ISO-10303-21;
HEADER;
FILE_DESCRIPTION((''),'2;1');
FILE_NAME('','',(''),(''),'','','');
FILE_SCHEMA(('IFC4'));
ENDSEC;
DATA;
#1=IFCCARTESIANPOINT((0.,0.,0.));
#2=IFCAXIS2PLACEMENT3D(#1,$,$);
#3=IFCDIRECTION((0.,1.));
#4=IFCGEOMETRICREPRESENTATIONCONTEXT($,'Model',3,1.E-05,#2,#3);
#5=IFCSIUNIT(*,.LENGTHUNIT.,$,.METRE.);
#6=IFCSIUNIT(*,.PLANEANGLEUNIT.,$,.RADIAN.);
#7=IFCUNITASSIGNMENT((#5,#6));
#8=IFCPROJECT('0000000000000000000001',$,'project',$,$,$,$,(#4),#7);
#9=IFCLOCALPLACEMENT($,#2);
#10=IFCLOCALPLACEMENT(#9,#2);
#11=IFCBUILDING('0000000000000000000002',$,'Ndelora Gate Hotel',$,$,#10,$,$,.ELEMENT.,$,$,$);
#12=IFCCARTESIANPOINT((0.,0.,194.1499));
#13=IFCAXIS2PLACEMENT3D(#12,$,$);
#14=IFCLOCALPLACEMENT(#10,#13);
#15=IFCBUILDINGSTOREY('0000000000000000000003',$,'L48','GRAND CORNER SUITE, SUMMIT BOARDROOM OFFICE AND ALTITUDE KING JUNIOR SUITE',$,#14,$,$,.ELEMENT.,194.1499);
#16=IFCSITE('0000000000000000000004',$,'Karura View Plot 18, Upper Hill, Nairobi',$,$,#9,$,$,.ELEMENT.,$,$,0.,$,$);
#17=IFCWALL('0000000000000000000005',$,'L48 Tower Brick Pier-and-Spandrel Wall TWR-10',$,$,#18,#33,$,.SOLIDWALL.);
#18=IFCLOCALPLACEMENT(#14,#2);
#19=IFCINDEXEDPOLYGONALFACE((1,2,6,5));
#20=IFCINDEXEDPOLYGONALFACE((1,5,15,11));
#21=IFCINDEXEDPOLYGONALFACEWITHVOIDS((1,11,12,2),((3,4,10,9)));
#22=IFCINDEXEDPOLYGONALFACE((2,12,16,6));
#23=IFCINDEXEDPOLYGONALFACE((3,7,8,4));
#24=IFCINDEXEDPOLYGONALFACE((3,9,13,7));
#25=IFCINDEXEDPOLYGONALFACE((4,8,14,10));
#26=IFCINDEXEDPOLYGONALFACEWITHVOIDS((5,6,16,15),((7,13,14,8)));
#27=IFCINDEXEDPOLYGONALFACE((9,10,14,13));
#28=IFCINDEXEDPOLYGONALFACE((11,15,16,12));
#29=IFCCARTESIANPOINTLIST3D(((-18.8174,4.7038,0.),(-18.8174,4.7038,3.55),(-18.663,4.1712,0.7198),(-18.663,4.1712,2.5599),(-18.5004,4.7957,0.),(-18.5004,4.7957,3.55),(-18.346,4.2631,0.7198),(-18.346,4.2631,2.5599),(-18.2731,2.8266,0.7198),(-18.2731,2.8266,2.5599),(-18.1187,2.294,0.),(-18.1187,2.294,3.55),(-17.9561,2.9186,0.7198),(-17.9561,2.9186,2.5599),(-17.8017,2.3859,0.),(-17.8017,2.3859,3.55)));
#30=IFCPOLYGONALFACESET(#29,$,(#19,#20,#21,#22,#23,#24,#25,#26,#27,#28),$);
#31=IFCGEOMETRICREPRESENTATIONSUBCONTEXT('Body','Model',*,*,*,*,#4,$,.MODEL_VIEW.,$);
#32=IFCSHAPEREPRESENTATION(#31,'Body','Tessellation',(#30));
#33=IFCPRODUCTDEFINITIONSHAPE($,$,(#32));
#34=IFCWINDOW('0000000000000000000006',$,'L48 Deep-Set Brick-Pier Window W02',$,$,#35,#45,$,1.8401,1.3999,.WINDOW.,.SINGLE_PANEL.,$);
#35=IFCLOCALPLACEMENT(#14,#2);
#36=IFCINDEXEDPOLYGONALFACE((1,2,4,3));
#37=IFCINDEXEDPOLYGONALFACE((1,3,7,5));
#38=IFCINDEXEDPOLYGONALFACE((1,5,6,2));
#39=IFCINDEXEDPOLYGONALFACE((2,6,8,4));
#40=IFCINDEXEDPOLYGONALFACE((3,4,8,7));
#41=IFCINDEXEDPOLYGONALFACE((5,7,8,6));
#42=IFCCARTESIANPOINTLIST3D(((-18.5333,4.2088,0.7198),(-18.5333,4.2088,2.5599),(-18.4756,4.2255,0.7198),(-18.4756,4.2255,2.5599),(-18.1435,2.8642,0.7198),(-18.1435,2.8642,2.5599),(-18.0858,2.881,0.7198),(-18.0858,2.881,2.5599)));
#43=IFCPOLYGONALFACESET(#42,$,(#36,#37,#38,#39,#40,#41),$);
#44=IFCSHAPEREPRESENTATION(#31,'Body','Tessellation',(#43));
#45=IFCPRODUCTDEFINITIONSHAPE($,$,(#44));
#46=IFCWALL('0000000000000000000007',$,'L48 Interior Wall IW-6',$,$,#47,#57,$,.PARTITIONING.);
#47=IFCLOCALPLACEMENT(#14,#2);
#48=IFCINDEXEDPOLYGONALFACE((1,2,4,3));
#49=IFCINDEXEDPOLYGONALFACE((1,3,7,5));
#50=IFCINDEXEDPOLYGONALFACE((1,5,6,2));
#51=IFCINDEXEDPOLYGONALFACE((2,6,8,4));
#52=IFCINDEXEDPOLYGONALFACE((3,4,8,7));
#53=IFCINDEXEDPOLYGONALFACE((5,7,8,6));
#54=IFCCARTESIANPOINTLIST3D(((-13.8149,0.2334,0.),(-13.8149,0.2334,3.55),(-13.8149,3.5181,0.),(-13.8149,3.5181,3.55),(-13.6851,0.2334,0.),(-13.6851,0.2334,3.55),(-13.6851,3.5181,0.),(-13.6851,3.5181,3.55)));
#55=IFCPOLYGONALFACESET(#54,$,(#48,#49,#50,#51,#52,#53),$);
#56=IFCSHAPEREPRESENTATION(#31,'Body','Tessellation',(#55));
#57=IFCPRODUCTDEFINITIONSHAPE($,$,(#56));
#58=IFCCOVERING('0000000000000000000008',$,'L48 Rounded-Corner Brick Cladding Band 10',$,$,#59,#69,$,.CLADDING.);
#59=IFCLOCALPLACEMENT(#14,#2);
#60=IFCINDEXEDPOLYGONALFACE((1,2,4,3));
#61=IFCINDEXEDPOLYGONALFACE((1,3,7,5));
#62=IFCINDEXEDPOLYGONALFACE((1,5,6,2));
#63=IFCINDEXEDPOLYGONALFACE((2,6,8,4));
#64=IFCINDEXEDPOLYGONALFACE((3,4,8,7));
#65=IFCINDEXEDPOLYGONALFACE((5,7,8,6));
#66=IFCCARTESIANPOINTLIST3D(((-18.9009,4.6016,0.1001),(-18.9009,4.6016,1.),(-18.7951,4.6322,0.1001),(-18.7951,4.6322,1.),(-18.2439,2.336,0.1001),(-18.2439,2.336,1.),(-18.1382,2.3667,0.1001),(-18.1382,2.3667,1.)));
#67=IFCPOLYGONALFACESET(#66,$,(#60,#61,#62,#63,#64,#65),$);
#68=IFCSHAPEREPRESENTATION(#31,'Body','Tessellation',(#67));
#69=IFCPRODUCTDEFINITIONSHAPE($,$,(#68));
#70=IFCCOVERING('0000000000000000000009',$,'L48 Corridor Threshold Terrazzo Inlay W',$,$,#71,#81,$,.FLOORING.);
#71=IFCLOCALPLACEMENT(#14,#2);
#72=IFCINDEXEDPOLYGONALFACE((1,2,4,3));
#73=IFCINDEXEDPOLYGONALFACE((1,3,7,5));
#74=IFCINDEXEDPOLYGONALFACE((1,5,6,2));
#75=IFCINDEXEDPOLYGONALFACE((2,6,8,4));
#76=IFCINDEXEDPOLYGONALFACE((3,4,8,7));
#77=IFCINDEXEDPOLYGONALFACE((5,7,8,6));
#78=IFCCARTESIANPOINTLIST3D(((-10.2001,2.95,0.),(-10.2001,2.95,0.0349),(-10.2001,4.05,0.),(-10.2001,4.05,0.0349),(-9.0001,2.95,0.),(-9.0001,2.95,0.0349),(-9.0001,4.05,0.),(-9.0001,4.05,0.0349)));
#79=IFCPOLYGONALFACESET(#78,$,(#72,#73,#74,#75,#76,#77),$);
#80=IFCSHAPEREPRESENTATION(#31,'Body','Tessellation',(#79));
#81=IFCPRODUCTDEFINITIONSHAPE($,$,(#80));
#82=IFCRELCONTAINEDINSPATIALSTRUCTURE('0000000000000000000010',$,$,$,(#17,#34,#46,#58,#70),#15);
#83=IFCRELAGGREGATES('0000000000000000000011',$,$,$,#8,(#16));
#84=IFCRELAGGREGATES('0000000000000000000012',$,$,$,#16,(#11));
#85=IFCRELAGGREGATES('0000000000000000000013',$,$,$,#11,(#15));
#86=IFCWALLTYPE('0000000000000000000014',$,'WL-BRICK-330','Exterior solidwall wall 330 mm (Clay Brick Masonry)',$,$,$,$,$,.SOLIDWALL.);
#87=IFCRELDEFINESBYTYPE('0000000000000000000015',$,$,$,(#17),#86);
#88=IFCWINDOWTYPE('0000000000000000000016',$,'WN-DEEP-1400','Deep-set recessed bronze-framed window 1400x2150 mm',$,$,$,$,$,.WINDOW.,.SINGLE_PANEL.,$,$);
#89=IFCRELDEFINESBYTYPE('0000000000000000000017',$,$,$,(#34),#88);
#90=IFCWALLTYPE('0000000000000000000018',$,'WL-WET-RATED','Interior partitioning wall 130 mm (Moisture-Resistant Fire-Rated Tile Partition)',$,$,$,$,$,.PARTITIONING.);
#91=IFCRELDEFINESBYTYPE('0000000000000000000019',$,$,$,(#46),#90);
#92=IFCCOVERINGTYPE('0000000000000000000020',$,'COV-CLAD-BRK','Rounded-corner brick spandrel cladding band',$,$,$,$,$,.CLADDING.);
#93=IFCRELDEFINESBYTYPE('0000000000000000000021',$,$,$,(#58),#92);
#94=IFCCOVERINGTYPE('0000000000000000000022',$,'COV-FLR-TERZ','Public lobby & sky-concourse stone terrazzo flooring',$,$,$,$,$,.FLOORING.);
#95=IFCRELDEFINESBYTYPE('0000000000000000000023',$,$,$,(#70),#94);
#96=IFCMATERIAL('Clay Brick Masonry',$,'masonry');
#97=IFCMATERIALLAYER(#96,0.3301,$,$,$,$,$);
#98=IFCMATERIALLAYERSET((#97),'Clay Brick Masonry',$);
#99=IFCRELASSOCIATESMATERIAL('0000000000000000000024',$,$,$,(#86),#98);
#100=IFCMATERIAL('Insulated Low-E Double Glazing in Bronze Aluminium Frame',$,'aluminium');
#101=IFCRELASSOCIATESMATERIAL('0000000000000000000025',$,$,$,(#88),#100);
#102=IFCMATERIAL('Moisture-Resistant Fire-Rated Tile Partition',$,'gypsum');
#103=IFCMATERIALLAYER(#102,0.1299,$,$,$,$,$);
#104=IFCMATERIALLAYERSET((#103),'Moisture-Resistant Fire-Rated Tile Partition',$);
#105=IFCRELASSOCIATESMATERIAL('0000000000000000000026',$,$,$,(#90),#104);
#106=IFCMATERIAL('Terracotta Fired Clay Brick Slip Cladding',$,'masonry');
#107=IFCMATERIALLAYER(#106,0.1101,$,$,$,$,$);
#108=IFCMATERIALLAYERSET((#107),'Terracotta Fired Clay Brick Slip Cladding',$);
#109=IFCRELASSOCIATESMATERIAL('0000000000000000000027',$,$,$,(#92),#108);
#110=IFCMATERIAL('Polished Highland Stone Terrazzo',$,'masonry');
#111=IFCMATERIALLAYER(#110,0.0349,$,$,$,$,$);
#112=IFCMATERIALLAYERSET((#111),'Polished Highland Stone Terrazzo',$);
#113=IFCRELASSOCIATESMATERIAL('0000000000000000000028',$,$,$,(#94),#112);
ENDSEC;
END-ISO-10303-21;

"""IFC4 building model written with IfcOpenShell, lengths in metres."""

from ifc_helpers import new_model, si_unit, direction, frame, frame_2d, origin, origin_2d, place, context, subcontext, project, spatial, rectangle, extrude, material, layer, layer_set, type_object, element, fill, save


model = new_model("IFC4")

# Units and contexts
model_context = context("Model", 3, precision=1e-05, world=origin(), true_north=direction((0.0, 1.0)))
body_context = subcontext(model_context, "Body", "Model", "MODEL_VIEW")
ifc_project = project(units=[si_unit("LENGTHUNIT", "METRE"), si_unit("PLANEANGLEUNIT", "RADIAN")], contexts=[model_context])

# Site, building, storey
site_placement = place(None, origin())
site = spatial("IfcSite", under=ifc_project, at=site_placement, Name="Karura View Plot 18, Upper Hill, Nairobi", CompositionType="ELEMENT", RefElevation=0.0)
building_placement = place(site_placement, origin())
building = spatial("IfcBuilding", under=site, at=building_placement, Name="Ndelora Gate Hotel", CompositionType="ELEMENT")
storey_placement = place(building_placement, frame((0.0, 0.0, 194.1499)))
storey = spatial("IfcBuildingStorey", under=building, at=storey_placement, Name="L48", Description="GRAND CORNER SUITE, SUMMIT BOARDROOM OFFICE AND ALTITUDE KING JUNIOR SUITE", CompositionType="ELEMENT", Elevation=194.1499)

# Wall, opening, window
ifc_material_1 = material(Name="Clay Brick Masonry", Category="masonry")
ifc_layer_1 = layer(ifc_material_1, 0.3301)
ifc_layer_set_1 = layer_set([ifc_layer_1], Name="Clay Brick Masonry")
wall_type_1 = type_object("IfcWallType", Name="WL-BRICK-330", Description="Exterior solidwall wall 330 mm (Clay Brick Masonry)", PredefinedType="SOLIDWALL", material=ifc_layer_set_1)
wall_1_placement = place(storey_placement, frame((-17.9602, 2.3401, 0.0), z_axis=(0.0, 0.0, 1.0), x_axis=(-0.278498, 0.960437, 0.0)))
wall_1 = element("IfcWall", 1, at=wall_1_placement, inside=storey, type_object=wall_type_1, Name="L48 Tower Brick Pier-and-Spandrel Wall TWR-10", PredefinedType="SOLIDWALL", context=body_context, shape_type="SweptSolid", body=[
    extrude(rectangle(XDim=2.509, YDim=0.3301, at=frame_2d((1.2544, 0.0))), origin(), (0.0, 0.0, 1.0), 3.55),
])
opening_placement = place(wall_1_placement, frame((0.5544, 0.0, 0.72)))
opening = element("IfcOpeningElement", 2, at=opening_placement, cuts=wall_1, PredefinedType="OPENING", context=body_context, shape_type="SweptSolid", body=[
    extrude(rectangle(XDim=1.3999, YDim=1.8401, at=frame_2d((0.7, 0.9199))), frame((0.0, 0.175, 0.0), z_axis=(0.0, -1.0, 0.0), x_axis=(1.0, 0.0, 0.0)), (0.0, 0.0, 1.0), 0.3501),
])
ifc_material_2 = material(Name="Insulated Low-E Double Glazing in Bronze Aluminium Frame", Category="aluminium")
window_type = type_object("IfcWindowType", Name="WN-DEEP-1400", Description="Deep-set recessed bronze-framed window 1400x2150 mm", PartitioningType="SINGLE_PANEL", PredefinedType="WINDOW", material=ifc_material_2)
window_placement = place(opening_placement, origin())
window = element("IfcWindow", 3, at=window_placement, inside=storey, type_object=window_type, Name="L48 Deep-Set Brick-Pier Window W02", OverallHeight=1.8401, OverallWidth=1.3999, PartitioningType="SINGLE_PANEL", PredefinedType="WINDOW", context=body_context, shape_type="SweptSolid", body=[
    extrude(rectangle(XDim=1.3999, YDim=1.8401, at=frame_2d((0.7, 0.9199))), frame((0.0, 0.03, 0.0), z_axis=(0.0, -1.0, 0.0), x_axis=(1.0, 0.0, 0.0)), (0.0, 0.0, 1.0), 0.0601),
])
fill(opening, window)

# Wall
ifc_material_3 = material(Name="Moisture-Resistant Fire-Rated Tile Partition", Category="gypsum")
ifc_layer_2 = layer(ifc_material_3, 0.1299)
ifc_layer_set_2 = layer_set([ifc_layer_2], Name="Moisture-Resistant Fire-Rated Tile Partition")
wall_type_2 = type_object("IfcWallType", Name="WL-WET-RATED", Description="Interior partitioning wall 130 mm (Moisture-Resistant Fire-Rated Tile Partition)", PredefinedType="PARTITIONING", material=ifc_layer_set_2)
wall_2_placement = place(storey_placement, frame((-13.75, 0.2334, 0.0), z_axis=(0.0, 0.0, 1.0), x_axis=(0.0, 1.0, 0.0)))
element("IfcWall", 4, at=wall_2_placement, inside=storey, type_object=wall_type_2, Name="L48 Interior Wall IW-6", PredefinedType="PARTITIONING", context=body_context, shape_type="SweptSolid", body=[
    extrude(rectangle(XDim=3.2847, YDim=0.1299, at=frame_2d((1.6423, 0.0))), origin(), (0.0, 0.0, 1.0), 3.55),
])

# Coverings
ifc_material_4 = material(Name="Terracotta Fired Clay Brick Slip Cladding", Category="masonry")
ifc_layer_3 = layer(ifc_material_4, 0.1101)
ifc_layer_set_3 = layer_set([ifc_layer_3], Name="Terracotta Fired Clay Brick Slip Cladding")
covering_type_1 = type_object("IfcCoveringType", Name="COV-CLAD-BRK", Description="Rounded-corner brick spandrel cladding band", PredefinedType="CLADDING", material=ifc_layer_set_3)
covering_1_placement = place(storey_placement, frame((-18.5195, 3.4841, 0.1001), z_axis=(0.0, 0.0, 1.0), x_axis=(-0.278488, 0.96044, 0.0)))
element("IfcCovering", 5, at=covering_1_placement, inside=storey, type_object=covering_type_1, Name="L48 Rounded-Corner Brick Cladding Band 10", PredefinedType="CLADDING", context=body_context, shape_type="SweptSolid", body=[
    extrude(rectangle(XDim=2.3589, YDim=0.1101, at=origin_2d()), origin(), (0.0, 0.0, 1.0), 0.8999),
])
ifc_material_5 = material(Name="Polished Highland Stone Terrazzo", Category="masonry")
ifc_layer_4 = layer(ifc_material_5, 0.0349)
ifc_layer_set_4 = layer_set([ifc_layer_4], Name="Polished Highland Stone Terrazzo")
covering_type_2 = type_object("IfcCoveringType", Name="COV-FLR-TERZ", Description="Public lobby & sky-concourse stone terrazzo flooring", PredefinedType="FLOORING", material=ifc_layer_set_4)
covering_2_placement = place(storey_placement, frame((-9.6001, 3.5, 0.0), z_axis=(0.0, 0.0, 1.0), x_axis=(1.0, 0.0, 0.0)))
element("IfcCovering", 6, at=covering_2_placement, inside=storey, type_object=covering_type_2, Name="L48 Corridor Threshold Terrazzo Inlay W", PredefinedType="FLOORING", context=body_context, shape_type="SweptSolid", body=[
    extrude(rectangle(XDim=1.2, YDim=1.1001, at=origin_2d()), origin(), (0.0, 0.0, 1.0), 0.0349),
])

save(model, "model.ifc")
